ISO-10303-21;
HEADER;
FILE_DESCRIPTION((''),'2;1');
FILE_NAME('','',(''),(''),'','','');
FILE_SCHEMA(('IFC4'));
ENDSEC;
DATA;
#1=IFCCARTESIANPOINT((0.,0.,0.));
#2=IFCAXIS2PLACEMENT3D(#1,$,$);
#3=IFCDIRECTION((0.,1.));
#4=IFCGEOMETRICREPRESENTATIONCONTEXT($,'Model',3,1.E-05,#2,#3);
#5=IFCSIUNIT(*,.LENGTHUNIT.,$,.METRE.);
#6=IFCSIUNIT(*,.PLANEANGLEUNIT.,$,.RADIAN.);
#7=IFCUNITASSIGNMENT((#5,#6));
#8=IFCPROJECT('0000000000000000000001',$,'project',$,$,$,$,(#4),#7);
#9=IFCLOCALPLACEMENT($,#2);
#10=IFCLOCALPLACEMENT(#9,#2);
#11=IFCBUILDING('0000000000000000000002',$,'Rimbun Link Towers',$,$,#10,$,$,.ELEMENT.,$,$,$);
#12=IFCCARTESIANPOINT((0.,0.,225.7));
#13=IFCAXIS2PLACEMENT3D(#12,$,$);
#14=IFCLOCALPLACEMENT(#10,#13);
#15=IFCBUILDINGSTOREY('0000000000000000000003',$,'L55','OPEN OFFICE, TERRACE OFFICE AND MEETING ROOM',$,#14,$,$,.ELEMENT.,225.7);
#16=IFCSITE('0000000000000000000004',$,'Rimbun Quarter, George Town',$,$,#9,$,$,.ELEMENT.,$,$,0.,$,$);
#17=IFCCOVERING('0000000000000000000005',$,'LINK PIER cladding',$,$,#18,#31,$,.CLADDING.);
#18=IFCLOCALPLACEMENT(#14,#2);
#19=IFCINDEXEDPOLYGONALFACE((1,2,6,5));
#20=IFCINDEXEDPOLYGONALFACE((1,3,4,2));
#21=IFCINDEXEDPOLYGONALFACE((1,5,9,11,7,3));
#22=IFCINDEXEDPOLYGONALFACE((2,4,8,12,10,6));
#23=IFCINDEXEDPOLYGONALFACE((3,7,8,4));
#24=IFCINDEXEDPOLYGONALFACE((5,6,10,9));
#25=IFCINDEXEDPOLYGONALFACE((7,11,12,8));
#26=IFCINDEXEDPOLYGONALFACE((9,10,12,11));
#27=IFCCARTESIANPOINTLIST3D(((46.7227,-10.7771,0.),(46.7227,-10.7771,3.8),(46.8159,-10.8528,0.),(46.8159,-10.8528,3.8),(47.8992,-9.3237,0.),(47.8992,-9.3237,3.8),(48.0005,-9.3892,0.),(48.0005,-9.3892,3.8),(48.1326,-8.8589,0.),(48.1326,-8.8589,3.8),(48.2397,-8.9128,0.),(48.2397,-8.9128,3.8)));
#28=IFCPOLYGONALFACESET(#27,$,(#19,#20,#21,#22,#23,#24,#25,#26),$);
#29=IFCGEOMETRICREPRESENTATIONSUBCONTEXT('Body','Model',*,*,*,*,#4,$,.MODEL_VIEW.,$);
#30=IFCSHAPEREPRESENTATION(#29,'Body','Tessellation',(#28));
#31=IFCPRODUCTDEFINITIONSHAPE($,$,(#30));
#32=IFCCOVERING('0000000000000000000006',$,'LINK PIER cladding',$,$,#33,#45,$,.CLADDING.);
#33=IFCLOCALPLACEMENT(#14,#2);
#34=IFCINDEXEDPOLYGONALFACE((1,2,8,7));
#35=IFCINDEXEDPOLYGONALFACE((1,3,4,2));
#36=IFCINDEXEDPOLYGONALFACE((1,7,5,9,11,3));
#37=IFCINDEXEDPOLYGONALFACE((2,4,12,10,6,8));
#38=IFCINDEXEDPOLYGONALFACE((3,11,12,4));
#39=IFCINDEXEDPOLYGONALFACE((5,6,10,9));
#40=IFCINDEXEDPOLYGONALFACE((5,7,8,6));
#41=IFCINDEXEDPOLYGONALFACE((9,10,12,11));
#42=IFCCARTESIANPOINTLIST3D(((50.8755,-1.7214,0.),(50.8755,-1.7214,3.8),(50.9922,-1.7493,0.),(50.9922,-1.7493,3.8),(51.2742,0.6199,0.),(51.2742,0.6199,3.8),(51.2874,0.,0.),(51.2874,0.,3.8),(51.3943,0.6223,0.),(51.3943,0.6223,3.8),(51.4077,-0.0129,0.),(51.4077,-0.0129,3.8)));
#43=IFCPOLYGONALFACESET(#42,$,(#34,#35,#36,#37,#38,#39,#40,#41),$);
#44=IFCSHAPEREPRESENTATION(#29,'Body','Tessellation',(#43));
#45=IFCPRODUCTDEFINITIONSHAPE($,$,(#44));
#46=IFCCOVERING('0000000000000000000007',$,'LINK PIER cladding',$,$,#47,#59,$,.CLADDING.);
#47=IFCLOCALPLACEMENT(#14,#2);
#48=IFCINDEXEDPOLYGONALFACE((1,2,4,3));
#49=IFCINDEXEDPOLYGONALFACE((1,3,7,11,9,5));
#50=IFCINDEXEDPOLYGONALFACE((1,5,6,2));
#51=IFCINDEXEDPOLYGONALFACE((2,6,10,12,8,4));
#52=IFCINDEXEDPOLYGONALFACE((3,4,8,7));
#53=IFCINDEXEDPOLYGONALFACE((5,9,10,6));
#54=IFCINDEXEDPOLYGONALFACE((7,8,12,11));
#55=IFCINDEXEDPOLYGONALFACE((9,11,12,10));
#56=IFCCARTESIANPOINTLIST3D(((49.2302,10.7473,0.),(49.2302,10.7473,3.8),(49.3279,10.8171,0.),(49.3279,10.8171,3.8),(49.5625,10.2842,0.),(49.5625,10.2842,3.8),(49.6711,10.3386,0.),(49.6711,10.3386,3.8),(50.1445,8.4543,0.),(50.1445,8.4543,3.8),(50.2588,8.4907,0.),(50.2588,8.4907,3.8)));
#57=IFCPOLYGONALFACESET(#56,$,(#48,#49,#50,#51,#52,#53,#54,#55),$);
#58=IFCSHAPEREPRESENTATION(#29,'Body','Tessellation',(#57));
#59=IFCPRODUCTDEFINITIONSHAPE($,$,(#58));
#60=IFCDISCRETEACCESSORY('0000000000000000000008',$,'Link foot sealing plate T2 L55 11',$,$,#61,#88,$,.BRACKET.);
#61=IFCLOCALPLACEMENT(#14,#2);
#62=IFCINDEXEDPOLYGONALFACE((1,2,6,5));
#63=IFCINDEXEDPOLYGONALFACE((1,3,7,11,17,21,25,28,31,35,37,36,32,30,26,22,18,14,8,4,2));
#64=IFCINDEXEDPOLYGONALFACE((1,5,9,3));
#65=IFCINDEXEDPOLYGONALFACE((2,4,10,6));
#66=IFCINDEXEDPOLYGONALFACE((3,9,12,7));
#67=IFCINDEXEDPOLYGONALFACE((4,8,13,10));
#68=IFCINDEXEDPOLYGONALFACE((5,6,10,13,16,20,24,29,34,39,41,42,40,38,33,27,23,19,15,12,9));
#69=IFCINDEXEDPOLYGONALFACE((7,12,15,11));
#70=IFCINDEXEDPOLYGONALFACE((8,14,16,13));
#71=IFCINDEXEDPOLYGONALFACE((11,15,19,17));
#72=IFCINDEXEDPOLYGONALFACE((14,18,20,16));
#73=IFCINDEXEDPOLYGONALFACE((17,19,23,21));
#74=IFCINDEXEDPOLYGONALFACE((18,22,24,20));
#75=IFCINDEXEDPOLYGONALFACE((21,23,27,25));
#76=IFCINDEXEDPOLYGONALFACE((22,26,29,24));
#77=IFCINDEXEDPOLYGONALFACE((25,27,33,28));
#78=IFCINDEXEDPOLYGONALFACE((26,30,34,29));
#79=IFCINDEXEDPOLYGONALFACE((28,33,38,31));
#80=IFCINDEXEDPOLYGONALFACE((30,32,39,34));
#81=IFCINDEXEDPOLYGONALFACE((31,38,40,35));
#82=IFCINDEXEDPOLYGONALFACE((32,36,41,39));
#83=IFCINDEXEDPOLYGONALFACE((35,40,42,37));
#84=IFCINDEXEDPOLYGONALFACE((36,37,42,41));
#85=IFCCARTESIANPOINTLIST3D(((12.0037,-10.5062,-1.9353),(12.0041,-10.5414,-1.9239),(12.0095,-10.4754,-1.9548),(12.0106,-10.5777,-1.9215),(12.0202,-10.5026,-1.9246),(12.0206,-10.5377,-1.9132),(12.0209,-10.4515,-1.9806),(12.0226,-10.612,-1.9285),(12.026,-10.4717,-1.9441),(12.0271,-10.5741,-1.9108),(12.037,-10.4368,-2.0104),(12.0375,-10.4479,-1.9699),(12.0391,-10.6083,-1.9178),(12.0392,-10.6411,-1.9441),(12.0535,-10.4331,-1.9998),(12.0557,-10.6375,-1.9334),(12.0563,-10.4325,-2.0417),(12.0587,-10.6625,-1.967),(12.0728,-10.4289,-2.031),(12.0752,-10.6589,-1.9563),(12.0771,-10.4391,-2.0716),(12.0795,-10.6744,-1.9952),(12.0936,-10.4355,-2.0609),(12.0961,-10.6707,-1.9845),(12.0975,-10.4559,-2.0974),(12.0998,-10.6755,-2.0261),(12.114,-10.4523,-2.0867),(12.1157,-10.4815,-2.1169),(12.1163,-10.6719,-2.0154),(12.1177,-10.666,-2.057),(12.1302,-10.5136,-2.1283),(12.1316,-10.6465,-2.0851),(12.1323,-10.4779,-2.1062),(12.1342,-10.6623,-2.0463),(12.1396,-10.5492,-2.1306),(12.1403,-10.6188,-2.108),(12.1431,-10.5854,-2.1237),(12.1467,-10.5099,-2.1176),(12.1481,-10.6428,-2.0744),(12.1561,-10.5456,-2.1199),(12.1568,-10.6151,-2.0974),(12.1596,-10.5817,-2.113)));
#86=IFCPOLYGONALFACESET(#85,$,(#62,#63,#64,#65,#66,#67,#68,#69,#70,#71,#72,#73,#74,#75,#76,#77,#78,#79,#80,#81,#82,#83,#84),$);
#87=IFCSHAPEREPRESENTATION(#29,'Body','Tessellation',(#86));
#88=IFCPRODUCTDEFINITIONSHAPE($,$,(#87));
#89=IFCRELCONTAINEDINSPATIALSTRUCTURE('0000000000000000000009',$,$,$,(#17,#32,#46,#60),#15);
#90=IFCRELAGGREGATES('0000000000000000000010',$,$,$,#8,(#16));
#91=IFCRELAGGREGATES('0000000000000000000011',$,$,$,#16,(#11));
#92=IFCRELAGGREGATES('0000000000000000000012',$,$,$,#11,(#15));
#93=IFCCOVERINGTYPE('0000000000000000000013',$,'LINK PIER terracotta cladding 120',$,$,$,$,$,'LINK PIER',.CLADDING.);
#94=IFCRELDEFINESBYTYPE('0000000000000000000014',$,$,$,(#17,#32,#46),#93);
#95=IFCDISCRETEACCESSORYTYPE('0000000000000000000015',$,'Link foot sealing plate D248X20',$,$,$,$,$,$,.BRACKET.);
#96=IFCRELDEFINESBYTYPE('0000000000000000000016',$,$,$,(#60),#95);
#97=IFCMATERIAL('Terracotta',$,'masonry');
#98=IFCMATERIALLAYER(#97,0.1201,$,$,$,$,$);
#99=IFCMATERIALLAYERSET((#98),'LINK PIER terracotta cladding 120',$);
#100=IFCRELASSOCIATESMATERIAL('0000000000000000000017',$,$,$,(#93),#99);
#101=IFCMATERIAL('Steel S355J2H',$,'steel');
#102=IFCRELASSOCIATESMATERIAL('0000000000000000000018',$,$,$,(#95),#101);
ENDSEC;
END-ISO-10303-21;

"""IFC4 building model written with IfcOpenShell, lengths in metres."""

from ifc_helpers import new_model, si_unit, direction, frame, origin, origin_2d, place, context, subcontext, project, spatial, polyline, circle, outline, extrude, material, layer, layer_set, material_profile, profile_set, type_object, element, save


model = new_model("IFC4")

# Units and contexts
model_context = context("Model", 3, precision=1e-05, world=origin(), true_north=direction((0.0, 1.0)))
body_context = subcontext(model_context, "Body", "Model", "MODEL_VIEW")
ifc_project = project(units=[si_unit("LENGTHUNIT", "METRE"), si_unit("PLANEANGLEUNIT", "RADIAN")], contexts=[model_context])

# Site, building, storey
site_placement = place(None, origin())
site = spatial("IfcSite", under=ifc_project, at=site_placement, Name="Rimbun Quarter, George Town", CompositionType="ELEMENT", RefElevation=0.0)
building_placement = place(site_placement, origin())
building = spatial("IfcBuilding", under=site, at=building_placement, Name="Rimbun Link Towers", CompositionType="ELEMENT")
storey_placement = place(building_placement, frame((0.0, 0.0, 225.7)))
storey = spatial("IfcBuildingStorey", under=building, at=storey_placement, Name="L55", Description="OPEN OFFICE, TERRACE OFFICE AND MEETING ROOM", CompositionType="ELEMENT", Elevation=225.7)

# Coverings
ifc_material_1 = material(Name="Terracotta", Category="masonry")
ifc_layer_1 = layer(ifc_material_1, 0.1201)
ifc_layer_set_1 = layer_set([ifc_layer_1], Name="LINK PIER terracotta cladding 120")
covering_type_1 = type_object("IfcCoveringType", Name="LINK PIER terracotta cladding 120", ElementType="LINK PIER", PredefinedType="CLADDING", material=ifc_layer_set_1)
covering_1_placement = place(storey_placement, origin())
element("IfcCovering", 1, at=covering_1_placement, inside=storey, type_object=covering_type_1, Name="LINK PIER cladding", PredefinedType="CLADDING", context=body_context, shape_type="SweptSolid", body=[
    extrude(outline(polyline([(48.1326, -8.8589), (47.8992, -9.3237), (46.7227, -10.7771), (46.8159, -10.8528), (48.0005, -9.3892), (48.2397, -8.9128), (48.1326, -8.8589)])), origin(), (0.0, 0.0, 1.0), 3.8),
])
covering_2_placement = place(storey_placement, origin())
element("IfcCovering", 2, at=covering_2_placement, inside=storey, type_object=covering_type_1, Name="LINK PIER cladding", PredefinedType="CLADDING", context=body_context, shape_type="SweptSolid", body=[
    extrude(outline(polyline([(51.2742, 0.6199), (51.2874, 0.0), (50.8755, -1.7214), (50.9922, -1.7493), (51.4077, -0.0129), (51.3943, 0.6223), (51.2742, 0.6199)])), origin(), (0.0, 0.0, 1.0), 3.8),
])
covering_3_placement = place(storey_placement, origin())
element("IfcCovering", 3, at=covering_3_placement, inside=storey, type_object=covering_type_1, Name="LINK PIER cladding", PredefinedType="CLADDING", context=body_context, shape_type="SweptSolid", body=[
    extrude(outline(polyline([(49.2302, 10.7473), (49.5625, 10.2842), (50.1445, 8.4543), (50.2588, 8.4907), (49.6711, 10.3386), (49.3279, 10.8171), (49.2302, 10.7473)])), origin(), (0.0, 0.0, 1.0), 3.8),
])

# Discrete accessory
ifc_material_2 = material(Name="Steel S355J2H", Category="steel")
ifc_material_profile_1 = material_profile(ifc_material_2, circle(Radius=0.124, at=origin_2d()), Name="PL D248")
ifc_profile_set_1 = profile_set([ifc_material_profile_1], Name="Steel S355J2H")
discrete_accessory_type = type_object("IfcDiscreteAccessoryType", Name="Link foot sealing plate D248X20", PredefinedType="BRACKET", material=ifc_profile_set_1)
discrete_accessory_placement = place(storey_placement, frame((12.0896, -10.5508, -2.0154), z_axis=(-0.825532, -0.182103, -0.534168), x_axis=(0.21541, -0.976524, 0.0)))
element("IfcDiscreteAccessory", 4, at=discrete_accessory_placement, inside=storey, type_object=discrete_accessory_type, Name="Link foot sealing plate T2 L55 11", PredefinedType="BRACKET", context=body_context, shape_type="SweptSolid", body=[
    extrude(circle(Radius=0.124, at=origin_2d()), origin(), (0.0, 0.0, 1.0), 0.02),
])

save(model, "model.ifc")
